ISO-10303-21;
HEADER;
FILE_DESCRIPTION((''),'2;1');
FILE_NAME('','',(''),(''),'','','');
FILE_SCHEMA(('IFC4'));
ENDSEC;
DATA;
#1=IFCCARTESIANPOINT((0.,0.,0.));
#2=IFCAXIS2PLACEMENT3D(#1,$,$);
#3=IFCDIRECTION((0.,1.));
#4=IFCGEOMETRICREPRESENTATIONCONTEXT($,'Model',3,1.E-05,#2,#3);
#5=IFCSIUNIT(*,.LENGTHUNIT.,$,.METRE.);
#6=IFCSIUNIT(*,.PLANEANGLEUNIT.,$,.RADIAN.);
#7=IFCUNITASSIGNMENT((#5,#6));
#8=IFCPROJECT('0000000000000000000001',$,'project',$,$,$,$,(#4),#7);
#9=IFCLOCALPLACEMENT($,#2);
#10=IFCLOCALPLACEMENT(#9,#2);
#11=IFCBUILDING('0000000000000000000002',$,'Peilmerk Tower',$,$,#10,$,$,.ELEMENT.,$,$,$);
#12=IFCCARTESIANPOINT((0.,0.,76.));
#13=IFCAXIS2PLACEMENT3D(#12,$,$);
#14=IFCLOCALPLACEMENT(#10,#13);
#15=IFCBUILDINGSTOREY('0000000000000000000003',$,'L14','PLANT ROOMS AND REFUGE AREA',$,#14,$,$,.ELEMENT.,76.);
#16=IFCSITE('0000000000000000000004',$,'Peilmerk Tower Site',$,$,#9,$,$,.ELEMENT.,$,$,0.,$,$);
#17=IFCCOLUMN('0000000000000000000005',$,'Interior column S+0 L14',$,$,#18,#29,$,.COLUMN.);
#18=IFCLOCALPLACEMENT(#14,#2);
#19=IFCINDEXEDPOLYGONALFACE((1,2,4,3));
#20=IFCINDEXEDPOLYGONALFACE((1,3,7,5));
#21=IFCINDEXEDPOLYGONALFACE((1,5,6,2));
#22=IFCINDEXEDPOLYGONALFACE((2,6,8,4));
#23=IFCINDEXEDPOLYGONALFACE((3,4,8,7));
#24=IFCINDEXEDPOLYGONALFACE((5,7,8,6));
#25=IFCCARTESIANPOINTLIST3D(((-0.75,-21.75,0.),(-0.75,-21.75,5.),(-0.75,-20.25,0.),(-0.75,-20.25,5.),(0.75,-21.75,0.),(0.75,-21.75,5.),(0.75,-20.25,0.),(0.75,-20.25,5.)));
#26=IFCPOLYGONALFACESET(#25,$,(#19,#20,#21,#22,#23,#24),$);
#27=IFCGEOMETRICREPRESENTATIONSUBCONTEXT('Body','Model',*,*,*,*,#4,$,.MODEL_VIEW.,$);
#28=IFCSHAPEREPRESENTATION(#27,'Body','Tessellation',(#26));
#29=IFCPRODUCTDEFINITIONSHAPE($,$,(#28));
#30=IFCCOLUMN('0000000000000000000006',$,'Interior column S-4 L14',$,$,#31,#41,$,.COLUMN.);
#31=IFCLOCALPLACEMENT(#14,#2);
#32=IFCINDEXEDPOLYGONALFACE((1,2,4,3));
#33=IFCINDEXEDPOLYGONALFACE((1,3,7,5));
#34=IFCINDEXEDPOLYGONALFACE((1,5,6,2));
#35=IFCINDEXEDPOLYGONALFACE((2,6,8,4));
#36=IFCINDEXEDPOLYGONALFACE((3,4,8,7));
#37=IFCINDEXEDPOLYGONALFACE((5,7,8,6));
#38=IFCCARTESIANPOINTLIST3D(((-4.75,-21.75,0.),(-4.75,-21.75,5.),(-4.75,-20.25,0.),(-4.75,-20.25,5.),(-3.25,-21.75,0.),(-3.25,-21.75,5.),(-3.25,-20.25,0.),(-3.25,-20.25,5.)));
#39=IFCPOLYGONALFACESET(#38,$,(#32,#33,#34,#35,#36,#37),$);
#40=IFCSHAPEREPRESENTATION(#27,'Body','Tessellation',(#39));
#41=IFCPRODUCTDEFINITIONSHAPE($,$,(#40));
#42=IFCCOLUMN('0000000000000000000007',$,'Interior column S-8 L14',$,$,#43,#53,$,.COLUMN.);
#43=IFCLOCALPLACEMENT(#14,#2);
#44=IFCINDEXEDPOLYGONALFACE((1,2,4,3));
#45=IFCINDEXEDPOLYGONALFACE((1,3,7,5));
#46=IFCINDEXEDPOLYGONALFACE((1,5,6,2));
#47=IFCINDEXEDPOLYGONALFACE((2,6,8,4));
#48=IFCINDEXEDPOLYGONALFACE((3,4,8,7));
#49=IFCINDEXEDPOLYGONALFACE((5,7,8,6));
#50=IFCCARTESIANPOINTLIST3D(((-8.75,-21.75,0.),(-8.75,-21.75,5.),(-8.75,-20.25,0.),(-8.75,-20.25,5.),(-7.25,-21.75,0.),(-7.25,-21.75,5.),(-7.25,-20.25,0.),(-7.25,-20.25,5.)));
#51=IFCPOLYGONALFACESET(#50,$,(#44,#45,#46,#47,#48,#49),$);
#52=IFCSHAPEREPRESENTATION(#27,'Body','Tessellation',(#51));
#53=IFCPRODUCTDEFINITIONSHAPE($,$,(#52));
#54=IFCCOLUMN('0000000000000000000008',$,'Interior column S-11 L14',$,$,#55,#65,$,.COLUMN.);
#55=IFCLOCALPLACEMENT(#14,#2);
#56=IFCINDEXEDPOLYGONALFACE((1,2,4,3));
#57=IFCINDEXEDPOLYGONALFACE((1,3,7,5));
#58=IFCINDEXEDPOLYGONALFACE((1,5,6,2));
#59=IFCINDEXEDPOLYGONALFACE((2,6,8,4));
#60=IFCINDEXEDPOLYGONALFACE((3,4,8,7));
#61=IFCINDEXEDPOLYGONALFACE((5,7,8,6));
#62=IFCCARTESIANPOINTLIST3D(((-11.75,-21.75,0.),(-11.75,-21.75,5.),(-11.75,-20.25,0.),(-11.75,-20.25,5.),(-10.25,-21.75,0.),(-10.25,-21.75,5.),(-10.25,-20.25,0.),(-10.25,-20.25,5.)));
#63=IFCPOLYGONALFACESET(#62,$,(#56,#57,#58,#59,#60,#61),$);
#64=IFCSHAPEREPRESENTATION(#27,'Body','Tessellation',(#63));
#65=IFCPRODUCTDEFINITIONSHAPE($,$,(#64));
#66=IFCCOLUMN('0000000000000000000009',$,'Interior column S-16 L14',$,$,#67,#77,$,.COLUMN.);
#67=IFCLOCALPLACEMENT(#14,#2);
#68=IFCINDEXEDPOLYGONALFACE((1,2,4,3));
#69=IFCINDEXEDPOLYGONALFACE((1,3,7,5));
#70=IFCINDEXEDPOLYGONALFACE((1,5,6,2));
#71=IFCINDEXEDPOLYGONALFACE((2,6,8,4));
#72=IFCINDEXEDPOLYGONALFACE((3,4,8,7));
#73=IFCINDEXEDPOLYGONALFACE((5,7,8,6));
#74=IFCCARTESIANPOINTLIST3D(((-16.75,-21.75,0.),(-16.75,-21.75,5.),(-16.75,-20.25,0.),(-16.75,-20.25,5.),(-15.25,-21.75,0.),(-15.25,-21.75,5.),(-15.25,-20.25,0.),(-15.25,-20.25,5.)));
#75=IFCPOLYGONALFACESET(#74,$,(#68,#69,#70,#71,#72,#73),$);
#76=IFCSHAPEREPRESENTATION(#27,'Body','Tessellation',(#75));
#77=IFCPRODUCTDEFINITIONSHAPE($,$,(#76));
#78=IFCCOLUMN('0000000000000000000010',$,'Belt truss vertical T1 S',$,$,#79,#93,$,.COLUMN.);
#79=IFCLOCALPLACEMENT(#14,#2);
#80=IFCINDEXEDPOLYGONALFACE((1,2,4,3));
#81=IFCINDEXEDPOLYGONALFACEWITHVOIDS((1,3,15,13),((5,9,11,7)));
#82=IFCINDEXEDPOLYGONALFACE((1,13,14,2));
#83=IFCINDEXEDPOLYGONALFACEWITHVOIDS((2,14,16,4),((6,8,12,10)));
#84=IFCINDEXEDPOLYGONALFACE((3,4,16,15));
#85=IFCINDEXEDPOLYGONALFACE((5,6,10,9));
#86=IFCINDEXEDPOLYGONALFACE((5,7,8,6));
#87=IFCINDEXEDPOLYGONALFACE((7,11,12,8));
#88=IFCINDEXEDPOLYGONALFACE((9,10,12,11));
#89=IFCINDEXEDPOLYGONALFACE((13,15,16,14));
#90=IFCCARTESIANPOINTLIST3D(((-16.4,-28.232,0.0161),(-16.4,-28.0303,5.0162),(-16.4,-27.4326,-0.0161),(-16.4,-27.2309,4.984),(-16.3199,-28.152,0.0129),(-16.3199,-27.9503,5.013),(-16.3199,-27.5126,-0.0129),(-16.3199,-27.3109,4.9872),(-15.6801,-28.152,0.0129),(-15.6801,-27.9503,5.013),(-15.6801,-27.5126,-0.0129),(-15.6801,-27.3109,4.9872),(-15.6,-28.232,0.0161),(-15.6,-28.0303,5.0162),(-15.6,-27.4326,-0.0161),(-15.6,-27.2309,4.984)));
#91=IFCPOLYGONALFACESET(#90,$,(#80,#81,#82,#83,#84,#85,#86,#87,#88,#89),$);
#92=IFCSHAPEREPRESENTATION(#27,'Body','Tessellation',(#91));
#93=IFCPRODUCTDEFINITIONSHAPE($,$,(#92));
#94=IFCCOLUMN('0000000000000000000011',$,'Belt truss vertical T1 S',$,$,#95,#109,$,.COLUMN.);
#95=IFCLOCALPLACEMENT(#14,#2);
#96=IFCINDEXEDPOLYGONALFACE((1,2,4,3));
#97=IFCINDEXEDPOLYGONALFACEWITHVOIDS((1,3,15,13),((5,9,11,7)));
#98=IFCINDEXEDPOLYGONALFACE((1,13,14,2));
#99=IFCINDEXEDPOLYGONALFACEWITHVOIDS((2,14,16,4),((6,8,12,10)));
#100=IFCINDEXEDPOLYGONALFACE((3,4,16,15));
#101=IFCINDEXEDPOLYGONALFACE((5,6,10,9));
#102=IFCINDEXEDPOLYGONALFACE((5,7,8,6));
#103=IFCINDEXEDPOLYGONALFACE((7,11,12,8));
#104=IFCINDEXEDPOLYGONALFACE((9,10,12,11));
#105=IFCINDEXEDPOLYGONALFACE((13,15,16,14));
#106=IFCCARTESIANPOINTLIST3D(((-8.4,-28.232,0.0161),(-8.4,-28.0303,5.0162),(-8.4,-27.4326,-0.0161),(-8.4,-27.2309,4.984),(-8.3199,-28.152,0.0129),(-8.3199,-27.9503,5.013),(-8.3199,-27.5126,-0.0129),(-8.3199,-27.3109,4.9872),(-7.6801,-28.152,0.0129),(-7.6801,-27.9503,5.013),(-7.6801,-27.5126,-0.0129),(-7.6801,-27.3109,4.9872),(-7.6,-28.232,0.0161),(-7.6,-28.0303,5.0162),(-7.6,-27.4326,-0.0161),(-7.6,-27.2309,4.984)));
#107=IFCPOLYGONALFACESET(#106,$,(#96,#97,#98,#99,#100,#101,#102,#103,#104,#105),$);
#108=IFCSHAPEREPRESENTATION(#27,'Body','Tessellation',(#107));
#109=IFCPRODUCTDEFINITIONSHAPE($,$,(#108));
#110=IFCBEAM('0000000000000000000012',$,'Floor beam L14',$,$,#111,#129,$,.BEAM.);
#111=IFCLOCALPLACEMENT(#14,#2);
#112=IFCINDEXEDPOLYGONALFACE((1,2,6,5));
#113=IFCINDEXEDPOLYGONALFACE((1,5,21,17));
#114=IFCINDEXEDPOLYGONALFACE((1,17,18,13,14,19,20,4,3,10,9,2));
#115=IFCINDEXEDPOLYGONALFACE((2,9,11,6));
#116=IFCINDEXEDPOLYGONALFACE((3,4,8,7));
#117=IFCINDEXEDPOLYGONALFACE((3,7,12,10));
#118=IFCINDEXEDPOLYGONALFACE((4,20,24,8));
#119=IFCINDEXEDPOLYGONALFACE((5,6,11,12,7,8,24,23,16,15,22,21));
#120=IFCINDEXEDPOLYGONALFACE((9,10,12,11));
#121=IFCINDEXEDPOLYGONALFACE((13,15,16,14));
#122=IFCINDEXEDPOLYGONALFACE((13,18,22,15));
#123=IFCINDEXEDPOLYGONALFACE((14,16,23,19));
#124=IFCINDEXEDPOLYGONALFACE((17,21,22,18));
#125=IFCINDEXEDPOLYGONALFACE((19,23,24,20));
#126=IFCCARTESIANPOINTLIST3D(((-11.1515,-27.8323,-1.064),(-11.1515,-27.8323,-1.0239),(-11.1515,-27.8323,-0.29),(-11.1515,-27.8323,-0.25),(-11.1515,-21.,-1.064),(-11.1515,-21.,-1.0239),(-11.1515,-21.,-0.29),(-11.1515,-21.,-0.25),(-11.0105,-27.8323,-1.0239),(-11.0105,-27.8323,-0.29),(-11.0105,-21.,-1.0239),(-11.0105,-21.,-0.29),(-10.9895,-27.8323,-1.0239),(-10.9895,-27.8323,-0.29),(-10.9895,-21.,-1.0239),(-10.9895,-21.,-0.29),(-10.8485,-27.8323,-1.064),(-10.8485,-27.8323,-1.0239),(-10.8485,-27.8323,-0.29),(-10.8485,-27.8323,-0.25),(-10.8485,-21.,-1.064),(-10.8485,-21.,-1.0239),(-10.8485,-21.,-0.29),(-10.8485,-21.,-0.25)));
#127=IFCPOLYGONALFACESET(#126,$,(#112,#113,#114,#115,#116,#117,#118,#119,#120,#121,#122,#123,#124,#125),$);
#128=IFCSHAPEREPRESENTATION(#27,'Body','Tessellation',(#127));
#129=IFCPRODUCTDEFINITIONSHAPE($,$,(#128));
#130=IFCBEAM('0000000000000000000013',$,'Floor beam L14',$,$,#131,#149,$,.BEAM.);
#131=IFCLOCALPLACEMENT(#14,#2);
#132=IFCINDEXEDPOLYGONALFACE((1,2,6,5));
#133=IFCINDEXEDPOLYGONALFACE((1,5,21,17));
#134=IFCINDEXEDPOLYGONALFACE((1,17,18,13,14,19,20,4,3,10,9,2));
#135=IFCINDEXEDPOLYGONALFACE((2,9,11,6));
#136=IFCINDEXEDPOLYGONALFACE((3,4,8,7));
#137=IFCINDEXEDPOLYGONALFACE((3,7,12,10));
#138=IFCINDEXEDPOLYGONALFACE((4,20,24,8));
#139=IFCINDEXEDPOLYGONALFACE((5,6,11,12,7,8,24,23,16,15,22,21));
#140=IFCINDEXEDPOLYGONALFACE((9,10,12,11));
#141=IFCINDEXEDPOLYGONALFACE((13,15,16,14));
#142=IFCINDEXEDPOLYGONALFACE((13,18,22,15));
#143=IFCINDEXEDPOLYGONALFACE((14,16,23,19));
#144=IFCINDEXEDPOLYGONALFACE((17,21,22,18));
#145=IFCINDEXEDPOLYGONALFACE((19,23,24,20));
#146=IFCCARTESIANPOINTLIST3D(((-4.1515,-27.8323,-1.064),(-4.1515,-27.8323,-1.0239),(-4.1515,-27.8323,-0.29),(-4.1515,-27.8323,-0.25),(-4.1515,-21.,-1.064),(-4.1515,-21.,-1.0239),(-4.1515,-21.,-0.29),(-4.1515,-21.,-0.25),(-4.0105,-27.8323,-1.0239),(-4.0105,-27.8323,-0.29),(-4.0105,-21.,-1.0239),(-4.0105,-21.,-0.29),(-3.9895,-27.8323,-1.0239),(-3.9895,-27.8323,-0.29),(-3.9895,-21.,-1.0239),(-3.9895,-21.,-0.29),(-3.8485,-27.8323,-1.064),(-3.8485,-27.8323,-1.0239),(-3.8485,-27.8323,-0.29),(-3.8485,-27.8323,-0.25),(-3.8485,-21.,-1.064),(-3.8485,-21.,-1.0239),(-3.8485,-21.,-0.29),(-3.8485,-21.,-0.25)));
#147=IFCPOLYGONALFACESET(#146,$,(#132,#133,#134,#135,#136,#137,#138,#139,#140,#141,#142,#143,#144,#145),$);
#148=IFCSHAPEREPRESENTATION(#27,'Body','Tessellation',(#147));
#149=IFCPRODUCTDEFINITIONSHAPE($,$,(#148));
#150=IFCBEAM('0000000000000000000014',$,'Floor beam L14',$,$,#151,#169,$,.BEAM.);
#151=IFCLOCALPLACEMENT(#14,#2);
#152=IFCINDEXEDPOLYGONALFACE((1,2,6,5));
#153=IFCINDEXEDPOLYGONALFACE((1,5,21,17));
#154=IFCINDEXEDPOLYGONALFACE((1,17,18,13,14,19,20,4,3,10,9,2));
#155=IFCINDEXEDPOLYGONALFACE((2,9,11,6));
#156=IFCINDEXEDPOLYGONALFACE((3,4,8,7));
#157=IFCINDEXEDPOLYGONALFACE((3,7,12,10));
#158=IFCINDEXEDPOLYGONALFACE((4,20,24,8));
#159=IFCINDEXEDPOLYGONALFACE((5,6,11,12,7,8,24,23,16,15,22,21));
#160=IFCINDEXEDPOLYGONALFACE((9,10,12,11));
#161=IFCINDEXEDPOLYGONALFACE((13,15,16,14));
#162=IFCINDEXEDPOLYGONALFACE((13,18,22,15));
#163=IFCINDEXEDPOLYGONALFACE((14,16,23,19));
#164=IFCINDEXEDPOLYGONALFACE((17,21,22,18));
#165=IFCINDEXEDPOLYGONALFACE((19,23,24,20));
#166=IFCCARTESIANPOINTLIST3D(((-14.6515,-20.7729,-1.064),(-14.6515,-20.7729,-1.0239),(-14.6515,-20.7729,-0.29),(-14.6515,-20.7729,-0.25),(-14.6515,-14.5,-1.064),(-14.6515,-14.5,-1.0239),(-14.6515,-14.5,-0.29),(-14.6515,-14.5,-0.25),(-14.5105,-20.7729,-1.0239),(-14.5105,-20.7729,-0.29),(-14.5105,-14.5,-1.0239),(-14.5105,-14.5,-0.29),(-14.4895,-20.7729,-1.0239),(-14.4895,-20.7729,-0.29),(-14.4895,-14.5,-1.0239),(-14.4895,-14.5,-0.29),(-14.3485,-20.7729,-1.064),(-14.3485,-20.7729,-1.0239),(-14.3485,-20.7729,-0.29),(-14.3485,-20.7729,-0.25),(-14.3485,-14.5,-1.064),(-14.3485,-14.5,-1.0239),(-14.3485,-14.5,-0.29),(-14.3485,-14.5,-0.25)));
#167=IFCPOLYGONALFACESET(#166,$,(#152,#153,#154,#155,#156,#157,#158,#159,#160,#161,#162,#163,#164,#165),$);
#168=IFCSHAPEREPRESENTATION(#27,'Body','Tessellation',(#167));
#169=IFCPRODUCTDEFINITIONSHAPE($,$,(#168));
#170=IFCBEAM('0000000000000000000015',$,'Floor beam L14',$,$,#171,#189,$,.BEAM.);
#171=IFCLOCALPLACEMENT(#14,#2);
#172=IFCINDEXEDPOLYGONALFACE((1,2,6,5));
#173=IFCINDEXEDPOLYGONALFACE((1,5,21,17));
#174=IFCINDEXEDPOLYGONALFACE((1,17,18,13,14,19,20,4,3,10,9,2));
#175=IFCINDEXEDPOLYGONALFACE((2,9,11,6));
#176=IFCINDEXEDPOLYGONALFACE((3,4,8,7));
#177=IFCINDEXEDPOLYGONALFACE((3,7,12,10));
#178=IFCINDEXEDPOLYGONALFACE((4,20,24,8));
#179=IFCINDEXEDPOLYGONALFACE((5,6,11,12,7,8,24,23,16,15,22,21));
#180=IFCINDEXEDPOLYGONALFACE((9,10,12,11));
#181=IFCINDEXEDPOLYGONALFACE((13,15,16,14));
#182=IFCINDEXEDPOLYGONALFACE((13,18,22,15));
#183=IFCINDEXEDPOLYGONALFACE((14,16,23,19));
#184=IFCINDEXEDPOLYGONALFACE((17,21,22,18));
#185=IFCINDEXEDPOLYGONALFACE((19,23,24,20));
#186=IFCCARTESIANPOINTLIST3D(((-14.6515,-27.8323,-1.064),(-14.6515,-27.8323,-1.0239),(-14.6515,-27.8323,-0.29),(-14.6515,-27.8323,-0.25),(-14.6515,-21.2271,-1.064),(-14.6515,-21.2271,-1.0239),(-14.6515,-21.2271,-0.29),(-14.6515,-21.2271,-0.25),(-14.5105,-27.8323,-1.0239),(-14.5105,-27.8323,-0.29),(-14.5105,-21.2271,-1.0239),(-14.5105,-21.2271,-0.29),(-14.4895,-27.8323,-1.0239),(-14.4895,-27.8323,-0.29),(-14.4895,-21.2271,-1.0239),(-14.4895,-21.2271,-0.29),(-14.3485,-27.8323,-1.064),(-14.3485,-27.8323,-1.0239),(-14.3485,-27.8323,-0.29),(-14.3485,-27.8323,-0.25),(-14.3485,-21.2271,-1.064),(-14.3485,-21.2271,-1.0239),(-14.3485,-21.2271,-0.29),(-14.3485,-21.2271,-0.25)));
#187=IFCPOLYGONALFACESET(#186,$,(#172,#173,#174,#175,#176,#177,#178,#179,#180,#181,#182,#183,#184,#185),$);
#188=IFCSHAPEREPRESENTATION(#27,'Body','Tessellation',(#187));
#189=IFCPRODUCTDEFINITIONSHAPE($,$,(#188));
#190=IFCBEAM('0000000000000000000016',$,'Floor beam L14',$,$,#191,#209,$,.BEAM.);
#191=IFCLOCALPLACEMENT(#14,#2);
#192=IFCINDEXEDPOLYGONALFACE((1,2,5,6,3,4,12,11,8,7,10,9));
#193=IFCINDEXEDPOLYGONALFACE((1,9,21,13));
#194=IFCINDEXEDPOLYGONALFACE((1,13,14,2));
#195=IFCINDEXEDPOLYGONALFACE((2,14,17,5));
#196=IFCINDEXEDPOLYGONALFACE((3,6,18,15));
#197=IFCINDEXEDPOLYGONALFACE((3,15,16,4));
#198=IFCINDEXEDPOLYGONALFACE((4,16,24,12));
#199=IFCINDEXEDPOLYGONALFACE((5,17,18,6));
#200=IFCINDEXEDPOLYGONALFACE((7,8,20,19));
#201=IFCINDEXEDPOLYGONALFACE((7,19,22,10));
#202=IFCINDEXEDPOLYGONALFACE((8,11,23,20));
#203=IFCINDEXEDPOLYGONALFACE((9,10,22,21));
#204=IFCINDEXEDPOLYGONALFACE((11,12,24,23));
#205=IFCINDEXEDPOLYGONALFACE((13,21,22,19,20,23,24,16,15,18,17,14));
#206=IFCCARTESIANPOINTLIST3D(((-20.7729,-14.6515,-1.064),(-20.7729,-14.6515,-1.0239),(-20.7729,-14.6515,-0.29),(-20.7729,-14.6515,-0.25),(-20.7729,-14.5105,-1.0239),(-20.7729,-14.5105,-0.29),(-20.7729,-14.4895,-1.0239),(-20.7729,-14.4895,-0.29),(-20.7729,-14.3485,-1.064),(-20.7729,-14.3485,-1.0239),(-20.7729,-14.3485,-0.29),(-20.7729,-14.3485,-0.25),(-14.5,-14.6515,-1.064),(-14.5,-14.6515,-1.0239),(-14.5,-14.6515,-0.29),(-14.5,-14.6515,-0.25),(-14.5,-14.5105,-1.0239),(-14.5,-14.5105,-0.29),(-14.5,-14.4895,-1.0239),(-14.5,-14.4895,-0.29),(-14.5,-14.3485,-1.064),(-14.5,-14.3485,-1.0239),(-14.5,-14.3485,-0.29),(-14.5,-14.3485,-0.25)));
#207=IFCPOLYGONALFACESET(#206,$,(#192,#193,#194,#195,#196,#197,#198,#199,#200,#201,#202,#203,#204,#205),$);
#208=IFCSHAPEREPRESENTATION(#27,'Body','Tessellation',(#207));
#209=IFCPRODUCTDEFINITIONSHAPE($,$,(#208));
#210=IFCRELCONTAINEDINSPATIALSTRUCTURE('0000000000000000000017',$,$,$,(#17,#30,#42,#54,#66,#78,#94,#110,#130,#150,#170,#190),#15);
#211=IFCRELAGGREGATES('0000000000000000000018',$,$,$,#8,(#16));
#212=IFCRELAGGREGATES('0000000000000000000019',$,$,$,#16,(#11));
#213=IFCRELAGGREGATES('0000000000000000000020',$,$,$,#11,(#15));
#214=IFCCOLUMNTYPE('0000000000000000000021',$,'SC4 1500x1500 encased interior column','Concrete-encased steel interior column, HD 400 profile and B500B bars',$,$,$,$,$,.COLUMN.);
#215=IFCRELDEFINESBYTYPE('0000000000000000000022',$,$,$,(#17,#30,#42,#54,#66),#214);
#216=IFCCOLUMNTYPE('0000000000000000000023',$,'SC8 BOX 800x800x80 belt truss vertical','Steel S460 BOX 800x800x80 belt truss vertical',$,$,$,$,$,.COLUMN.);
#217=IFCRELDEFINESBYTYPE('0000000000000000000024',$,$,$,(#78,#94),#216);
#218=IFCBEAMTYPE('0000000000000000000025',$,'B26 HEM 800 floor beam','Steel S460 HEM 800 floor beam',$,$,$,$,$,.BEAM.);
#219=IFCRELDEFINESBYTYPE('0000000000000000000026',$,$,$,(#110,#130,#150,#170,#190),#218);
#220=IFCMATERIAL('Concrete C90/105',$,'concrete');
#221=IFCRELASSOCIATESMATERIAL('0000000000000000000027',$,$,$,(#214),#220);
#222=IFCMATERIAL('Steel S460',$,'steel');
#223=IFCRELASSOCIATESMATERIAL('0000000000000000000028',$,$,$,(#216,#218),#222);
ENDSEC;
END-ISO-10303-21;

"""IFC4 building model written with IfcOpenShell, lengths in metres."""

from ifc_helpers import new_model, si_unit, direction, frame, origin, origin_2d, place, context, subcontext, project, spatial, rectangle, hollow_rectangle, i_section, extrude, material, material_profile, profile_set, type_object, element, save


model = new_model("IFC4")

# Units and contexts
model_context = context("Model", 3, precision=1e-05, world=origin(), true_north=direction((0.0, 1.0)))
body_context = subcontext(model_context, "Body", "Model", "MODEL_VIEW")
ifc_project = project(units=[si_unit("LENGTHUNIT", "METRE"), si_unit("PLANEANGLEUNIT", "RADIAN")], contexts=[model_context])

# Site, building, storey
site_placement = place(None, origin())
site = spatial("IfcSite", under=ifc_project, at=site_placement, Name="Peilmerk Tower Site", CompositionType="ELEMENT", RefElevation=0.0)
building_placement = place(site_placement, origin())
building = spatial("IfcBuilding", under=site, at=building_placement, Name="Peilmerk Tower", CompositionType="ELEMENT")
storey_placement = place(building_placement, frame((0.0, 0.0, 76.0)))
storey = spatial("IfcBuildingStorey", under=building, at=storey_placement, Name="L14", Description="PLANT ROOMS AND REFUGE AREA", CompositionType="ELEMENT", Elevation=76.0)

# Columns
ifc_material_1 = material(Name="Concrete C90/105", Category="concrete")
ifc_material_profile_1 = material_profile(ifc_material_1, rectangle(XDim=1.5, YDim=1.5, at=origin_2d()), Name="RC 1500x1500")
ifc_profile_set_1 = profile_set([ifc_material_profile_1], Name="Concrete C90/105")
column_type_1 = type_object("IfcColumnType", Name="SC4 1500x1500 encased interior column", Description="Concrete-encased steel interior column, HD 400 profile and B500B bars", PredefinedType="COLUMN", material=ifc_profile_set_1)
for number, where, z_axis, x_axis, name in (
    (1, (0.0, -21.0, 0.0), (0.0, 0.0, 1.0), (1.0, 0.0, 0.0), "Interior column S+0 L14"),
    (2, (-4.0, -21.0, 0.0), (0.0, 0.0, 1.0), (1.0, 0.0, 0.0), "Interior column S-4 L14"),
    (3, (-8.0, -21.0, 0.0), (0.0, 0.0, 1.0), (1.0, 0.0, 0.0), "Interior column S-8 L14"),
    (4, (-11.0, -21.0, 0.0), (0.0, 0.0, 1.0), (1.0, 0.0, 0.0), "Interior column S-11 L14"),
    (5, (-16.0, -21.0, 0.0), (0.0, 0.0, 1.0), (1.0, 0.0, 0.0), "Interior column S-16 L14"),
):
    element("IfcColumn", number, at=place(storey_placement, frame(where, z_axis=z_axis, x_axis=x_axis)), inside=storey, type_object=column_type_1, Name=name, PredefinedType="COLUMN", context=body_context, shape_type="SweptSolid", body=[
        extrude(rectangle(XDim=1.5, YDim=1.5, at=origin_2d()), origin(), (0.0, 0.0, 1.0), 5.0),
    ])
ifc_material_2 = material(Name="Steel S460", Category="steel")
ifc_material_profile_2 = material_profile(ifc_material_2, hollow_rectangle(XDim=0.8, YDim=0.8, WallThickness=0.0801, at=origin_2d()), Name="BOX 800x800x80")
ifc_profile_set_2 = profile_set([ifc_material_profile_2], Name="Steel S460")
column_type_2 = type_object("IfcColumnType", Name="SC8 BOX 800x800x80 belt truss vertical", Description="Steel S460 BOX 800x800x80 belt truss vertical", PredefinedType="COLUMN", material=ifc_profile_set_2)
for number, where, z_axis, x_axis, name in (
    (6, (-16.0, -27.8323, 0.0), (0.0, 0.040299, 0.999188), (-1.0, 0.0, 0.0), "Belt truss vertical T1 S"),
    (7, (-8.0, -27.8323, 0.0), (0.0, 0.040299, 0.999188), (-1.0, 0.0, 0.0), "Belt truss vertical T1 S"),
):
    element("IfcColumn", number, at=place(storey_placement, frame(where, z_axis=z_axis, x_axis=x_axis)), inside=storey, type_object=column_type_2, Name=name, PredefinedType="COLUMN", context=body_context, shape_type="SweptSolid", body=[
        extrude(hollow_rectangle(XDim=0.8, YDim=0.8, WallThickness=0.0801, at=origin_2d()), origin(), (0.0, 0.0, 1.0), 5.0042),
    ])

# Beams
ifc_material_profile_3 = material_profile(ifc_material_2, i_section(OverallWidth=0.303, OverallDepth=0.814, WebThickness=0.021, FlangeThickness=0.04, at=origin_2d()), Name="HEM 800")
ifc_profile_set_3 = profile_set([ifc_material_profile_3], Name="Steel S460")
beam_type_1 = type_object("IfcBeamType", Name="B26 HEM 800 floor beam", Description="Steel S460 HEM 800 floor beam", PredefinedType="BEAM", material=ifc_profile_set_3)
for number, where, z_axis, x_axis, name in (
    (8, (-11.0, -21.0, -0.657), (0.0, -1.0, 0.0), (1.0, 0.0, 0.0), "Floor beam L14"),
    (9, (-4.0, -21.0, -0.657), (0.0, -1.0, 0.0), (1.0, 0.0, 0.0), "Floor beam L14"),
):
    element("IfcBeam", number, at=place(storey_placement, frame(where, z_axis=z_axis, x_axis=x_axis)), inside=storey, type_object=beam_type_1, Name=name, PredefinedType="BEAM", context=body_context, shape_type="SweptSolid", body=[
        extrude(i_section(OverallWidth=0.303, OverallDepth=0.814, WebThickness=0.021, FlangeThickness=0.04, at=origin_2d()), origin(), (0.0, 0.0, 1.0), 6.8323),
    ])
beam_1_placement = place(storey_placement, frame((-14.5, -14.5, -0.657), z_axis=(0.0, -1.0, 0.0), x_axis=(1.0, 0.0, 0.0)))
element("IfcBeam", 10, at=beam_1_placement, inside=storey, type_object=beam_type_1, Name="Floor beam L14", PredefinedType="BEAM", context=body_context, shape_type="SweptSolid", body=[
    extrude(i_section(OverallWidth=0.303, OverallDepth=0.814, WebThickness=0.021, FlangeThickness=0.04, at=origin_2d()), origin(), (0.0, 0.0, 1.0), 6.2729),
])
beam_2_placement = place(storey_placement, frame((-14.5, -21.2271, -0.657), z_axis=(0.0, -1.0, 0.0), x_axis=(1.0, 0.0, 0.0)))
element("IfcBeam", 11, at=beam_2_placement, inside=storey, type_object=beam_type_1, Name="Floor beam L14", PredefinedType="BEAM", context=body_context, shape_type="SweptSolid", body=[
    extrude(i_section(OverallWidth=0.303, OverallDepth=0.814, WebThickness=0.021, FlangeThickness=0.04, at=origin_2d()), origin(), (0.0, 0.0, 1.0), 6.6052),
])
beam_3_placement = place(storey_placement, frame((-14.5, -14.5, -0.657), z_axis=(-1.0, 0.0, 0.0), x_axis=(0.0, -1.0, 0.0)))
element("IfcBeam", 12, at=beam_3_placement, inside=storey, type_object=beam_type_1, Name="Floor beam L14", PredefinedType="BEAM", context=body_context, shape_type="SweptSolid", body=[
    extrude(i_section(OverallWidth=0.303, OverallDepth=0.814, WebThickness=0.021, FlangeThickness=0.04, at=origin_2d()), origin(), (0.0, 0.0, 1.0), 6.2729),
])

save(model, "model.ifc")
